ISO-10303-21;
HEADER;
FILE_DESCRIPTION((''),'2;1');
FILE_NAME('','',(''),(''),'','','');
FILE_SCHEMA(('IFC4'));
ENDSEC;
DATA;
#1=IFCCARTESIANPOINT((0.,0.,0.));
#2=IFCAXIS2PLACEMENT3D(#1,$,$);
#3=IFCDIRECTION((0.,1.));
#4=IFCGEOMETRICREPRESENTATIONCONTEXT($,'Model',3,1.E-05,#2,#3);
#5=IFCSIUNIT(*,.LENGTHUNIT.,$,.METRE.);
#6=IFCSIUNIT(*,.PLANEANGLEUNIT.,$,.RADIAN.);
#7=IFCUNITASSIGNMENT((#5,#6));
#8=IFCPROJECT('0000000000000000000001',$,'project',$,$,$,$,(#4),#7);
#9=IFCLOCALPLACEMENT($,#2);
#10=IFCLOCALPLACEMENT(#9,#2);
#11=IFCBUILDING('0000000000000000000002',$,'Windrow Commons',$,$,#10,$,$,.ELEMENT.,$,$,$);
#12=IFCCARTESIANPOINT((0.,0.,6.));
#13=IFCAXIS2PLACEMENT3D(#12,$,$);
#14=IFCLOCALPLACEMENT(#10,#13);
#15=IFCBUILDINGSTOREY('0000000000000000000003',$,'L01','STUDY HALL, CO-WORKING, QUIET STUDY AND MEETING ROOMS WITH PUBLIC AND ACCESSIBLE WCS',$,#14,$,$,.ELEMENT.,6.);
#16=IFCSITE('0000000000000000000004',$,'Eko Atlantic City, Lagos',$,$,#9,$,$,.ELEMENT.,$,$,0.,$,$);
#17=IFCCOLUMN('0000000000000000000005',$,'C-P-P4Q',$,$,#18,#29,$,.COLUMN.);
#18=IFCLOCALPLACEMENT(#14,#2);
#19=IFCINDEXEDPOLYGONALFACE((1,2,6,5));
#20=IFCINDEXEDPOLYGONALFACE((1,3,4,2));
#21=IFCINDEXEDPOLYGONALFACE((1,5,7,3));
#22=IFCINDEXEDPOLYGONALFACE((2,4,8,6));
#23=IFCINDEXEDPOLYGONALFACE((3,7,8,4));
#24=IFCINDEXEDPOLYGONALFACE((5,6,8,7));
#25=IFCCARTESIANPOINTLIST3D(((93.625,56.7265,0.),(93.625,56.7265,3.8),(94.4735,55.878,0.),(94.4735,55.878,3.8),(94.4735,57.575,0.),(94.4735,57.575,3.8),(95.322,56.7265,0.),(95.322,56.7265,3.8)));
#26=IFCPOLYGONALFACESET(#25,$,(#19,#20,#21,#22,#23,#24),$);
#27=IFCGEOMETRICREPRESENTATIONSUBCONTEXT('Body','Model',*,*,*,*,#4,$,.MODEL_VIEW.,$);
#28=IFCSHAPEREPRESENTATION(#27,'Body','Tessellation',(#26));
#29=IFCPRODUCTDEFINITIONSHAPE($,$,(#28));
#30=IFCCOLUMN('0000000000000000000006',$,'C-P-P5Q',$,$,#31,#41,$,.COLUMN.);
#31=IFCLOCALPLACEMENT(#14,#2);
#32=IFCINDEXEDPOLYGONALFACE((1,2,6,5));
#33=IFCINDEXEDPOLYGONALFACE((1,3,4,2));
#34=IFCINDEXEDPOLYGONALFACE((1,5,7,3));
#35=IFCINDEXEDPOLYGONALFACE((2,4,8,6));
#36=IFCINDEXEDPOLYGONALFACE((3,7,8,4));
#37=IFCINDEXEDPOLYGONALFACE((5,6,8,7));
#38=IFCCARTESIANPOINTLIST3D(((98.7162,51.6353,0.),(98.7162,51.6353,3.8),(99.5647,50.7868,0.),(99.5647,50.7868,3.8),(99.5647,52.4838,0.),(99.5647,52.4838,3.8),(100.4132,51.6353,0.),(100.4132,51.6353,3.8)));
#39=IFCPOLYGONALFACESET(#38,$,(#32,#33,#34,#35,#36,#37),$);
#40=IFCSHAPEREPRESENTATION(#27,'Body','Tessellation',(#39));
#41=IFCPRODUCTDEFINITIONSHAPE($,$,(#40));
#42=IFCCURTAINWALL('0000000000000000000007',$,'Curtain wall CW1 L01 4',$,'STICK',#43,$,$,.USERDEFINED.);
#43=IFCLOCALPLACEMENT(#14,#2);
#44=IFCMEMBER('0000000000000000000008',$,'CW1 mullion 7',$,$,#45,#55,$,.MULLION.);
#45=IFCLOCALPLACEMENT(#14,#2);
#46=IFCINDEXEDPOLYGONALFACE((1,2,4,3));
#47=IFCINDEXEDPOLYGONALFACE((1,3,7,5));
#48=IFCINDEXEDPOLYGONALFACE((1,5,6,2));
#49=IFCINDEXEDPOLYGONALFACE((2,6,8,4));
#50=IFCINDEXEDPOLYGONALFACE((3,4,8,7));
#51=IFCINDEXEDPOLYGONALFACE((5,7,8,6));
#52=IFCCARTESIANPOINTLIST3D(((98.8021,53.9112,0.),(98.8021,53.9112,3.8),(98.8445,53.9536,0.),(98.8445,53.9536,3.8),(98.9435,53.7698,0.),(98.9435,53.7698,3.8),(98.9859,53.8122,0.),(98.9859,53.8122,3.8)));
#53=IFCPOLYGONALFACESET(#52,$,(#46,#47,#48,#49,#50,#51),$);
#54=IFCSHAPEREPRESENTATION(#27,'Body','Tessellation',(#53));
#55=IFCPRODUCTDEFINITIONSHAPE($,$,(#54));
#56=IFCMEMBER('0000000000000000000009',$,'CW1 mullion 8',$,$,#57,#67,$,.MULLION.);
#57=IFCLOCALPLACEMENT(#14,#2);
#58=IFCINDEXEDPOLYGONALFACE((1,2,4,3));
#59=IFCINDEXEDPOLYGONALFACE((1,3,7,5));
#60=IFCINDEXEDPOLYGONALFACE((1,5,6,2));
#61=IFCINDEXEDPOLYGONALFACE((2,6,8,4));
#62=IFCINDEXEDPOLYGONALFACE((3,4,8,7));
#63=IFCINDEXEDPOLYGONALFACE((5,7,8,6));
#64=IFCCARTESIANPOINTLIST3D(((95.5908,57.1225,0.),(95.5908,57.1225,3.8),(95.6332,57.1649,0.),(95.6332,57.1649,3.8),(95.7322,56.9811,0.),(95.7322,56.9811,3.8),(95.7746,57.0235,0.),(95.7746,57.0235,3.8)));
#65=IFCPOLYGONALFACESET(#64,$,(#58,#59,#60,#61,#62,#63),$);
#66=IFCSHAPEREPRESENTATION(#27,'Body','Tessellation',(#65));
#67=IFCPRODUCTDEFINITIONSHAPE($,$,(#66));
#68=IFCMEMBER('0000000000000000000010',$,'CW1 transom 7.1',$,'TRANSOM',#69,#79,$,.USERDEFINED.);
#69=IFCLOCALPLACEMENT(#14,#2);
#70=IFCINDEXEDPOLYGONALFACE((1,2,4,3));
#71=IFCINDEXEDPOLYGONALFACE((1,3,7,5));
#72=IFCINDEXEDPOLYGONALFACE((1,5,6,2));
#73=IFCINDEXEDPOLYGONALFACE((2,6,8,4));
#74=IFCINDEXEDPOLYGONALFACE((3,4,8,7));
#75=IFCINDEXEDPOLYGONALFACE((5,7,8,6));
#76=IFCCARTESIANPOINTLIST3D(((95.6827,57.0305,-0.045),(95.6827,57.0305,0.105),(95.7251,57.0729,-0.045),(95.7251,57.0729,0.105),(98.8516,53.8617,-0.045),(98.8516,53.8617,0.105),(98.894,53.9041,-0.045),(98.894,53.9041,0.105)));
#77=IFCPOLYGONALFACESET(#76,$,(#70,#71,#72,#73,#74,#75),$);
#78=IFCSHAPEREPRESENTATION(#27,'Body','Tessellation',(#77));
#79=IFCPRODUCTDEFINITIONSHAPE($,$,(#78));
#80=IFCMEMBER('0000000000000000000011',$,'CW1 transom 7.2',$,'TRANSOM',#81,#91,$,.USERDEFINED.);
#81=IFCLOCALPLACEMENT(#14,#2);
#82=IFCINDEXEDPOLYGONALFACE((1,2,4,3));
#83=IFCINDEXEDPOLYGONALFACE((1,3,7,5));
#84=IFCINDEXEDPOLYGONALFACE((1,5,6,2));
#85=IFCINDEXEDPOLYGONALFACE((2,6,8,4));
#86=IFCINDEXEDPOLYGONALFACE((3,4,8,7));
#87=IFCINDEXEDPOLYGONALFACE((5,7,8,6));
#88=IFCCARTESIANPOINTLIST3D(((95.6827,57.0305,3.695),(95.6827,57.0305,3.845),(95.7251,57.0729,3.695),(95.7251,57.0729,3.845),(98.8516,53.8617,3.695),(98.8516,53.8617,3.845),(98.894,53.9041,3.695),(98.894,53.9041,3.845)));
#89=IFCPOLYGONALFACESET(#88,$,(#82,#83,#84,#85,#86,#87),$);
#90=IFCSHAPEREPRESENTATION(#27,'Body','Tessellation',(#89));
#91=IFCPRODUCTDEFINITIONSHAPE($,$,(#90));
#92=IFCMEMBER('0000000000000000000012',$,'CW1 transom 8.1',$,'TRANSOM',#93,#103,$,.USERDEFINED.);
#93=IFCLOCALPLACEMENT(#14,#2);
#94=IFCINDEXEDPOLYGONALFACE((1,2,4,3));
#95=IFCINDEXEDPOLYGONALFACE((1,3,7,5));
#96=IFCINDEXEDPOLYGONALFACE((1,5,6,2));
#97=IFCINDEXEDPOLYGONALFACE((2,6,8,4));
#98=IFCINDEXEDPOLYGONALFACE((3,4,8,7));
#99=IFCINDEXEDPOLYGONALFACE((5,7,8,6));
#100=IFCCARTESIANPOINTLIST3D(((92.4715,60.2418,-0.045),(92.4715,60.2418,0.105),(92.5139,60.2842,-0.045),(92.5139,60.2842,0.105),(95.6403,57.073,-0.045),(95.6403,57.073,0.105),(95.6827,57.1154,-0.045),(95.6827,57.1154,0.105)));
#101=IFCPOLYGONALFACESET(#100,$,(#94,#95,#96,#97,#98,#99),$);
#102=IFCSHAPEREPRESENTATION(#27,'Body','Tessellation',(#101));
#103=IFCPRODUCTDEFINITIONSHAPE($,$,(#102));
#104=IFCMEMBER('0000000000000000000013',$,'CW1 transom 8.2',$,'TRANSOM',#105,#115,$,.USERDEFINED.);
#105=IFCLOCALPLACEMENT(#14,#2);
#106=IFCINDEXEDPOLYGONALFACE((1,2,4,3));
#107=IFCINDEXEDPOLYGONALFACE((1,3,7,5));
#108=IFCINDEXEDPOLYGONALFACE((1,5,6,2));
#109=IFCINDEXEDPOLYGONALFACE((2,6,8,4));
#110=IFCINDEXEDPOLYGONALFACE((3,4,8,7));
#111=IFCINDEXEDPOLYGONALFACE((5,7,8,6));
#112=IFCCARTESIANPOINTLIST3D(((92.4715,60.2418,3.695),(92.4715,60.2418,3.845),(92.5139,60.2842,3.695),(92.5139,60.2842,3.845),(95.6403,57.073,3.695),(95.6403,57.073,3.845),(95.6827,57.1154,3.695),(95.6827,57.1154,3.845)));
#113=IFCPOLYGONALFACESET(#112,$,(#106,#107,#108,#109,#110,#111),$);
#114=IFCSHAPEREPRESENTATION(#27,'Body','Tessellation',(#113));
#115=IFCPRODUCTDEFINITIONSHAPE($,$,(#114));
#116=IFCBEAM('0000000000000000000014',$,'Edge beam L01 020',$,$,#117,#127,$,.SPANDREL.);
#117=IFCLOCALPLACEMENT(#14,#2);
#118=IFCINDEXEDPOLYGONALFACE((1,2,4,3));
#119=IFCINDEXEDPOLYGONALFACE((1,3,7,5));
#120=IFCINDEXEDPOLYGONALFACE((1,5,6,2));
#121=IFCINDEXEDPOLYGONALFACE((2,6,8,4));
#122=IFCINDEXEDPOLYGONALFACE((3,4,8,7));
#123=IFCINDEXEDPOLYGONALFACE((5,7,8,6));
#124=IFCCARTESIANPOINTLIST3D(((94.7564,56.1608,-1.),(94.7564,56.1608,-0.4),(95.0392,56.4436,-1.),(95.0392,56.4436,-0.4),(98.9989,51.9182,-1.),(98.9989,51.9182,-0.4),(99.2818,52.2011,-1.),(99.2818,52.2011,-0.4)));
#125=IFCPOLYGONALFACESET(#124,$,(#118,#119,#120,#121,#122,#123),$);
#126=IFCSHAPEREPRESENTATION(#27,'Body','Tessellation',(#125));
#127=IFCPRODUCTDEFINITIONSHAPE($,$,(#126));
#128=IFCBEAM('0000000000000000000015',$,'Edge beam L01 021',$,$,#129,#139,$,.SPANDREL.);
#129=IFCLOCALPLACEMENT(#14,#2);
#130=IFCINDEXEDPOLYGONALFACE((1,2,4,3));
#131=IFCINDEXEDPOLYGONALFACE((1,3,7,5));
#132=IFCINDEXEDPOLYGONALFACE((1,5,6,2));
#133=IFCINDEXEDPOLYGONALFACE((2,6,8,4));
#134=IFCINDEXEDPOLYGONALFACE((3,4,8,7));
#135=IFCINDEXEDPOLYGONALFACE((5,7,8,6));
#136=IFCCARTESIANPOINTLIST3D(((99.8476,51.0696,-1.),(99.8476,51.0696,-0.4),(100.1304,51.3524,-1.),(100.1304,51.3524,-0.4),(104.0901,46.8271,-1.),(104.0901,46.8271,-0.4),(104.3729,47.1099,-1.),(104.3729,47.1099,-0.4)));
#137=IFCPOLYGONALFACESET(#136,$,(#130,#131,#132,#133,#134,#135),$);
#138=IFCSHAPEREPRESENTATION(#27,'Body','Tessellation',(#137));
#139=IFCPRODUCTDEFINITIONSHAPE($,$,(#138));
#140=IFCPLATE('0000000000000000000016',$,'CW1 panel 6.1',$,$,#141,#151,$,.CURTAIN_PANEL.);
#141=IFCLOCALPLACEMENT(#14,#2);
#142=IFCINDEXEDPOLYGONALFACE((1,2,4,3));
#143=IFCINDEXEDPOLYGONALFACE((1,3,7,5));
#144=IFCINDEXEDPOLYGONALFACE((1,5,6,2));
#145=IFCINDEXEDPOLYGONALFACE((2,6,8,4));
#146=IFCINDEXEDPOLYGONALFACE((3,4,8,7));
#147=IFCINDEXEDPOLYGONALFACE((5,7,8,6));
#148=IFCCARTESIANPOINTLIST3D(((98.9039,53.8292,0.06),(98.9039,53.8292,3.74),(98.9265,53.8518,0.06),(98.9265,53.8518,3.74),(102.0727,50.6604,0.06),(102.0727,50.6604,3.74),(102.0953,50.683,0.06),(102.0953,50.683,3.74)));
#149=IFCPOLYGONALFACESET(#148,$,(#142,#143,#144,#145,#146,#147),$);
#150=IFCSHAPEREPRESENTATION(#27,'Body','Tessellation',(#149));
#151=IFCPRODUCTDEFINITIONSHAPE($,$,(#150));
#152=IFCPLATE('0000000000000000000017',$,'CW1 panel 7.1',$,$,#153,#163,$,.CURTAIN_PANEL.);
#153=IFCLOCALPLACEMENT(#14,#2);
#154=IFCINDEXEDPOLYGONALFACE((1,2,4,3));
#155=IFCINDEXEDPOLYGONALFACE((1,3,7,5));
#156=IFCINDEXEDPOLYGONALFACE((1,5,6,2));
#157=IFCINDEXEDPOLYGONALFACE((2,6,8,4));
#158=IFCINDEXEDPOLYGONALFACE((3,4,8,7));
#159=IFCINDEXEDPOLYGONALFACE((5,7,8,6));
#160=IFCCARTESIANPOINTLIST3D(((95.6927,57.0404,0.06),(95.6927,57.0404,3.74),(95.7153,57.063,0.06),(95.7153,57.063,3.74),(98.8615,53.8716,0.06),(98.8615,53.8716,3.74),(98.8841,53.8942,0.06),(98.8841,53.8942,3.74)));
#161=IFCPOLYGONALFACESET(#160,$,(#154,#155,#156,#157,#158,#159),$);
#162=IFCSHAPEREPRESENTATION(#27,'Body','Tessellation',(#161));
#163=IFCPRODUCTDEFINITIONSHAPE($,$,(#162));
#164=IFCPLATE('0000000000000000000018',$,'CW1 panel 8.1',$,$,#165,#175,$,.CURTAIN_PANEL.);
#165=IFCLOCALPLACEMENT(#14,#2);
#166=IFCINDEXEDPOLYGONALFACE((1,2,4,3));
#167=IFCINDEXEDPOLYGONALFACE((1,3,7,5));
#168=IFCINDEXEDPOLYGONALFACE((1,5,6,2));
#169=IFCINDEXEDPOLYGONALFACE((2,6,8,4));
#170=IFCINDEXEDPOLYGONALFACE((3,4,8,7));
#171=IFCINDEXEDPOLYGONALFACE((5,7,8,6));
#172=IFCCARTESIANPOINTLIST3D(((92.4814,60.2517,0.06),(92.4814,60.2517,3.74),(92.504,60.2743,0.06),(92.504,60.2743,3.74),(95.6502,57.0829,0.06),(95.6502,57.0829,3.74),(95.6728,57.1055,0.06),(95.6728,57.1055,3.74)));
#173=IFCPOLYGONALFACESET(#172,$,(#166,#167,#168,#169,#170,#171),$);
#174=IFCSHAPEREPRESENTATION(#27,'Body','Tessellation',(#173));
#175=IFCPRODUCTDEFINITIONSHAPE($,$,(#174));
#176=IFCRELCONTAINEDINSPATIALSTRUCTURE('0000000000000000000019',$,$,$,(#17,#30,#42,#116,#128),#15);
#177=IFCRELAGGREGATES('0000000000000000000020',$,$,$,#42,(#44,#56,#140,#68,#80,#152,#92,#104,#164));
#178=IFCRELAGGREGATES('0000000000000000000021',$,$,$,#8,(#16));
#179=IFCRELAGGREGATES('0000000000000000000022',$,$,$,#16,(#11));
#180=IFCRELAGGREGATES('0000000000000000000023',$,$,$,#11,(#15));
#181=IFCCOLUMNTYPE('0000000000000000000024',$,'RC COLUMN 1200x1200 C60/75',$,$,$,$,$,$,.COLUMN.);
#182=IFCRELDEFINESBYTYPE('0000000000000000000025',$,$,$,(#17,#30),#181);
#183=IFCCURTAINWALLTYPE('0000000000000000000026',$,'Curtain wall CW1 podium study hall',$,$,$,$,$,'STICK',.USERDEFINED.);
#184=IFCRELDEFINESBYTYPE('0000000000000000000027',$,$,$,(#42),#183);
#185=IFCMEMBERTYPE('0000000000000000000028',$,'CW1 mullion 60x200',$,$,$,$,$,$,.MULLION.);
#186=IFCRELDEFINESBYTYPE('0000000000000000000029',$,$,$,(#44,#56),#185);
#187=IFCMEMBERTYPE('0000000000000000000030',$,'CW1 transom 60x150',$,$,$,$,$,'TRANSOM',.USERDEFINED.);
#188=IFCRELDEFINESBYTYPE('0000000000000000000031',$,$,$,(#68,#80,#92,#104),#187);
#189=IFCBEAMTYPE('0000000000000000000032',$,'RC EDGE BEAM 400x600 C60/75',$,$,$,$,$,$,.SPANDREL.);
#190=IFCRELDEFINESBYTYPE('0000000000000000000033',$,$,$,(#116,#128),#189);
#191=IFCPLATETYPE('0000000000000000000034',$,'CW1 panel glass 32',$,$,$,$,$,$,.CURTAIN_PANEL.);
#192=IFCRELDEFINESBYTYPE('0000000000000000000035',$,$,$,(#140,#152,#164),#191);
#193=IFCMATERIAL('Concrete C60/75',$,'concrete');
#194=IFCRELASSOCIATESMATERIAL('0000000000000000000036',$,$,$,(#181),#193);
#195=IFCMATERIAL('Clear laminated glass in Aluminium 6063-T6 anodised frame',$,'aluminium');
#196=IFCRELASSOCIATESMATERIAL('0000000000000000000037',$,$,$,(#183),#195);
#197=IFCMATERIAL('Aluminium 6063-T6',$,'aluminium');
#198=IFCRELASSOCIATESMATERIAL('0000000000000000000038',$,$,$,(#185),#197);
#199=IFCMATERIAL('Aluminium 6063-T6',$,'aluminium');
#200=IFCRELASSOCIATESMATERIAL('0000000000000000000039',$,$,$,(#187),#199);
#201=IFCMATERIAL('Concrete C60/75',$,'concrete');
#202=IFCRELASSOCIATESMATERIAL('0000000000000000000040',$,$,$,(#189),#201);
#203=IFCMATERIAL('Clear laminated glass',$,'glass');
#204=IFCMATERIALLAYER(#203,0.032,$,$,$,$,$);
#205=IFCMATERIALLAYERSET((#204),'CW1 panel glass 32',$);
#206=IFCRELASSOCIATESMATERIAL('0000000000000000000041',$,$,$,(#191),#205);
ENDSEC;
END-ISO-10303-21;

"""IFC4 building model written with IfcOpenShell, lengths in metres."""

from ifc_helpers import new_model, si_unit, direction, frame, origin, origin_2d, place, context, subcontext, project, spatial, rectangle, extrude, material, layer, layer_set, material_profile, profile_set, type_object, element, aggregate, save


model = new_model("IFC4")

# Units and contexts
model_context = context("Model", 3, precision=1e-05, world=origin(), true_north=direction((0.0, 1.0)))
body_context = subcontext(model_context, "Body", "Model", "MODEL_VIEW")
ifc_project = project(units=[si_unit("LENGTHUNIT", "METRE"), si_unit("PLANEANGLEUNIT", "RADIAN")], contexts=[model_context])

# Site, building, storey
site_placement = place(None, origin())
site = spatial("IfcSite", under=ifc_project, at=site_placement, Name="Eko Atlantic City, Lagos", CompositionType="ELEMENT", RefElevation=0.0)
building_placement = place(site_placement, origin())
building = spatial("IfcBuilding", under=site, at=building_placement, Name="Windrow Commons", CompositionType="ELEMENT")
storey_placement = place(building_placement, frame((0.0, 0.0, 6.0)))
storey = spatial("IfcBuildingStorey", under=building, at=storey_placement, Name="L01", Description="STUDY HALL, CO-WORKING, QUIET STUDY AND MEETING ROOMS WITH PUBLIC AND ACCESSIBLE WCS", CompositionType="ELEMENT", Elevation=6.0)

# Columns
ifc_material_1 = material(Name="Concrete C60/75", Category="concrete")
ifc_material_profile_1 = material_profile(ifc_material_1, rectangle(XDim=1.2, YDim=1.2, at=origin_2d()))
ifc_profile_set_1 = profile_set([ifc_material_profile_1], Name="Concrete C60/75")
column_type = type_object("IfcColumnType", Name="RC COLUMN 1200x1200 C60/75", PredefinedType="COLUMN", material=ifc_profile_set_1)
for number, where, z_axis, x_axis, name in (
    (1, (94.4735, 56.7265, 0.0), (0.0, 0.0, 1.0), (0.707107, -0.707107, 0.0), "C-P-P4Q"),
    (2, (99.5647, 51.6353, 0.0), (0.0, 0.0, 1.0), (0.707107, -0.707107, 0.0), "C-P-P5Q"),
):
    element("IfcColumn", number, at=place(storey_placement, frame(where, z_axis=z_axis, x_axis=x_axis)), inside=storey, type_object=column_type, Name=name, PredefinedType="COLUMN", context=body_context, shape_type="SweptSolid", body=[
        extrude(rectangle(XDim=1.2, YDim=1.2, at=origin_2d()), origin(), (0.0, 0.0, 1.0), 3.8),
    ])

# Curtain wall, members
ifc_material_2 = material(Name="Clear laminated glass in Aluminium 6063-T6 anodised frame", Category="aluminium")
curtain_wall_type = type_object("IfcCurtainWallType", Name="Curtain wall CW1 podium study hall", ElementType="STICK", PredefinedType="USERDEFINED", material=ifc_material_2)
curtain_wall_placement = place(storey_placement, origin())
curtain_wall = element("IfcCurtainWall", 3, at=curtain_wall_placement, inside=storey, type_object=curtain_wall_type, Name="Curtain wall CW1 L01 4", ObjectType="STICK", PredefinedType="USERDEFINED")
ifc_material_3 = material(Name="Aluminium 6063-T6", Category="aluminium")
ifc_material_profile_2 = material_profile(ifc_material_3, rectangle(XDim=0.06, YDim=0.2, at=origin_2d()))
ifc_profile_set_2 = profile_set([ifc_material_profile_2], Name="Aluminium 6063-T6")
member_type_1 = type_object("IfcMemberType", Name="CW1 mullion 60x200", PredefinedType="MULLION", material=ifc_profile_set_2)
member_1_placement = place(storey_placement, frame((98.894, 53.8617, 0.0), z_axis=(0.0, 0.0, 1.0), x_axis=(-0.707107, -0.707107, 0.0)))
member_1 = element("IfcMember", 4, at=member_1_placement, type_object=member_type_1, Name="CW1 mullion 7", PredefinedType="MULLION", context=body_context, shape_type="SweptSolid", body=[
    extrude(rectangle(XDim=0.06, YDim=0.2, at=origin_2d()), origin(), (0.0, 0.0, 1.0), 3.8),
])
member_2_placement = place(storey_placement, frame((95.6827, 57.073, 0.0), z_axis=(0.0, 0.0, 1.0), x_axis=(-0.707107, -0.707107, 0.0)))
member_2 = element("IfcMember", 5, at=member_2_placement, type_object=member_type_1, Name="CW1 mullion 8", PredefinedType="MULLION", context=body_context, shape_type="SweptSolid", body=[
    extrude(rectangle(XDim=0.06, YDim=0.2, at=origin_2d()), origin(), (0.0, 0.0, 1.0), 3.8),
])
ifc_material_4 = material(Name="Aluminium 6063-T6", Category="aluminium")
ifc_material_profile_3 = material_profile(ifc_material_4, rectangle(XDim=0.06, YDim=0.15, at=origin_2d()))
ifc_profile_set_3 = profile_set([ifc_material_profile_3], Name="Aluminium 6063-T6")
member_type_2 = type_object("IfcMemberType", Name="CW1 transom 60x150", ElementType="TRANSOM", PredefinedType="USERDEFINED", material=ifc_profile_set_3)
member_3_placement = place(storey_placement, frame((98.8728, 53.8829, 0.03), z_axis=(-0.707118, 0.707096, 0.0), x_axis=(-0.707096, -0.707118, 0.0)))
member_3 = element("IfcMember", 6, at=member_3_placement, type_object=member_type_2, Name="CW1 transom 7.1", ObjectType="TRANSOM", PredefinedType="USERDEFINED", context=body_context, shape_type="SweptSolid", body=[
    extrude(rectangle(XDim=0.06, YDim=0.15, at=origin_2d()), origin(), (0.0, 0.0, 1.0), 4.4814),
])
member_4_placement = place(storey_placement, frame((98.8728, 53.8829, 3.77), z_axis=(-0.707118, 0.707096, 0.0), x_axis=(-0.707096, -0.707118, 0.0)))
member_4 = element("IfcMember", 7, at=member_4_placement, type_object=member_type_2, Name="CW1 transom 7.2", ObjectType="TRANSOM", PredefinedType="USERDEFINED", context=body_context, shape_type="SweptSolid", body=[
    extrude(rectangle(XDim=0.06, YDim=0.15, at=origin_2d()), origin(), (0.0, 0.0, 1.0), 4.4814),
])
member_5_placement = place(storey_placement, frame((95.6615, 57.0942, 0.03), z_axis=(-0.707107, 0.707107, 0.0), x_axis=(-0.707107, -0.707107, 0.0)))
member_5 = element("IfcMember", 8, at=member_5_placement, type_object=member_type_2, Name="CW1 transom 8.1", ObjectType="TRANSOM", PredefinedType="USERDEFINED", context=body_context, shape_type="SweptSolid", body=[
    extrude(rectangle(XDim=0.06, YDim=0.15, at=origin_2d()), origin(), (0.0, 0.0, 1.0), 4.4814),
])
member_6_placement = place(storey_placement, frame((95.6615, 57.0942, 3.77), z_axis=(-0.707107, 0.707107, 0.0), x_axis=(-0.707107, -0.707107, 0.0)))
member_6 = element("IfcMember", 9, at=member_6_placement, type_object=member_type_2, Name="CW1 transom 8.2", ObjectType="TRANSOM", PredefinedType="USERDEFINED", context=body_context, shape_type="SweptSolid", body=[
    extrude(rectangle(XDim=0.06, YDim=0.15, at=origin_2d()), origin(), (0.0, 0.0, 1.0), 4.4814),
])

# Beams
ifc_material_5 = material(Name="Concrete C60/75", Category="concrete")
ifc_material_profile_4 = material_profile(ifc_material_5, rectangle(XDim=0.4, YDim=0.6, at=origin_2d()))
ifc_profile_set_4 = profile_set([ifc_material_profile_4], Name="Concrete C60/75")
beam_type = type_object("IfcBeamType", Name="RC EDGE BEAM 400x600 C60/75", PredefinedType="SPANDREL", material=ifc_profile_set_4)
beam_1_placement = place(storey_placement, frame((94.8978, 56.3022, -0.7), z_axis=(0.707107, -0.707107, 0.0), x_axis=(0.707107, 0.707107, 0.0)))
element("IfcBeam", 10, at=beam_1_placement, inside=storey, type_object=beam_type, Name="Edge beam L01 020", PredefinedType="SPANDREL", context=body_context, shape_type="SweptSolid", body=[
    extrude(rectangle(XDim=0.4, YDim=0.6, at=origin_2d()), origin(), (0.0, 0.0, 1.0), 5.9999),
])
beam_2_placement = place(storey_placement, frame((99.989, 51.211, -0.7), z_axis=(0.707107, -0.707107, 0.0), x_axis=(0.707107, 0.707107, 0.0)))
element("IfcBeam", 11, at=beam_2_placement, inside=storey, type_object=beam_type, Name="Edge beam L01 021", PredefinedType="SPANDREL", context=body_context, shape_type="SweptSolid", body=[
    extrude(rectangle(XDim=0.4, YDim=0.6, at=origin_2d()), origin(), (0.0, 0.0, 1.0), 5.9998),
])

# Plates
ifc_material_6 = material(Name="Clear laminated glass", Category="glass")
ifc_layer_1 = layer(ifc_material_6, 0.032)
ifc_layer_set_1 = layer_set([ifc_layer_1], Name="CW1 panel glass 32")
plate_type = type_object("IfcPlateType", Name="CW1 panel glass 32", PredefinedType="CURTAIN_PANEL", material=ifc_layer_set_1)
plate_1_placement = place(storey_placement, frame((100.4996, 52.2561, 0.06), z_axis=(0.0, 0.0, 1.0), x_axis=(-0.707107, 0.707107, 0.0)))
plate_1 = element("IfcPlate", 12, at=plate_1_placement, type_object=plate_type, Name="CW1 panel 6.1", PredefinedType="CURTAIN_PANEL", context=body_context, shape_type="SweptSolid", body=[
    extrude(rectangle(XDim=4.4814, YDim=0.032, at=origin_2d()), origin(), (0.0, 0.0, 1.0), 3.68),
])
plate_2_placement = place(storey_placement, frame((97.2884, 55.4673, 0.06), z_axis=(0.0, 0.0, 1.0), x_axis=(-0.707107, 0.707107, 0.0)))
plate_2 = element("IfcPlate", 13, at=plate_2_placement, type_object=plate_type, Name="CW1 panel 7.1", PredefinedType="CURTAIN_PANEL", context=body_context, shape_type="SweptSolid", body=[
    extrude(rectangle(XDim=4.4814, YDim=0.032, at=origin_2d()), origin(), (0.0, 0.0, 1.0), 3.68),
])
plate_3_placement = place(storey_placement, frame((94.0771, 58.6786, 0.06), z_axis=(0.0, 0.0, 1.0), x_axis=(-0.707107, 0.707107, 0.0)))
plate_3 = element("IfcPlate", 14, at=plate_3_placement, type_object=plate_type, Name="CW1 panel 8.1", PredefinedType="CURTAIN_PANEL", context=body_context, shape_type="SweptSolid", body=[
    extrude(rectangle(XDim=4.4814, YDim=0.032, at=origin_2d()), origin(), (0.0, 0.0, 1.0), 3.68),
])
aggregate(curtain_wall, [member_1, member_2, plate_1, member_3, member_4, plate_2, member_5, member_6, plate_3])

save(model, "model.ifc")
